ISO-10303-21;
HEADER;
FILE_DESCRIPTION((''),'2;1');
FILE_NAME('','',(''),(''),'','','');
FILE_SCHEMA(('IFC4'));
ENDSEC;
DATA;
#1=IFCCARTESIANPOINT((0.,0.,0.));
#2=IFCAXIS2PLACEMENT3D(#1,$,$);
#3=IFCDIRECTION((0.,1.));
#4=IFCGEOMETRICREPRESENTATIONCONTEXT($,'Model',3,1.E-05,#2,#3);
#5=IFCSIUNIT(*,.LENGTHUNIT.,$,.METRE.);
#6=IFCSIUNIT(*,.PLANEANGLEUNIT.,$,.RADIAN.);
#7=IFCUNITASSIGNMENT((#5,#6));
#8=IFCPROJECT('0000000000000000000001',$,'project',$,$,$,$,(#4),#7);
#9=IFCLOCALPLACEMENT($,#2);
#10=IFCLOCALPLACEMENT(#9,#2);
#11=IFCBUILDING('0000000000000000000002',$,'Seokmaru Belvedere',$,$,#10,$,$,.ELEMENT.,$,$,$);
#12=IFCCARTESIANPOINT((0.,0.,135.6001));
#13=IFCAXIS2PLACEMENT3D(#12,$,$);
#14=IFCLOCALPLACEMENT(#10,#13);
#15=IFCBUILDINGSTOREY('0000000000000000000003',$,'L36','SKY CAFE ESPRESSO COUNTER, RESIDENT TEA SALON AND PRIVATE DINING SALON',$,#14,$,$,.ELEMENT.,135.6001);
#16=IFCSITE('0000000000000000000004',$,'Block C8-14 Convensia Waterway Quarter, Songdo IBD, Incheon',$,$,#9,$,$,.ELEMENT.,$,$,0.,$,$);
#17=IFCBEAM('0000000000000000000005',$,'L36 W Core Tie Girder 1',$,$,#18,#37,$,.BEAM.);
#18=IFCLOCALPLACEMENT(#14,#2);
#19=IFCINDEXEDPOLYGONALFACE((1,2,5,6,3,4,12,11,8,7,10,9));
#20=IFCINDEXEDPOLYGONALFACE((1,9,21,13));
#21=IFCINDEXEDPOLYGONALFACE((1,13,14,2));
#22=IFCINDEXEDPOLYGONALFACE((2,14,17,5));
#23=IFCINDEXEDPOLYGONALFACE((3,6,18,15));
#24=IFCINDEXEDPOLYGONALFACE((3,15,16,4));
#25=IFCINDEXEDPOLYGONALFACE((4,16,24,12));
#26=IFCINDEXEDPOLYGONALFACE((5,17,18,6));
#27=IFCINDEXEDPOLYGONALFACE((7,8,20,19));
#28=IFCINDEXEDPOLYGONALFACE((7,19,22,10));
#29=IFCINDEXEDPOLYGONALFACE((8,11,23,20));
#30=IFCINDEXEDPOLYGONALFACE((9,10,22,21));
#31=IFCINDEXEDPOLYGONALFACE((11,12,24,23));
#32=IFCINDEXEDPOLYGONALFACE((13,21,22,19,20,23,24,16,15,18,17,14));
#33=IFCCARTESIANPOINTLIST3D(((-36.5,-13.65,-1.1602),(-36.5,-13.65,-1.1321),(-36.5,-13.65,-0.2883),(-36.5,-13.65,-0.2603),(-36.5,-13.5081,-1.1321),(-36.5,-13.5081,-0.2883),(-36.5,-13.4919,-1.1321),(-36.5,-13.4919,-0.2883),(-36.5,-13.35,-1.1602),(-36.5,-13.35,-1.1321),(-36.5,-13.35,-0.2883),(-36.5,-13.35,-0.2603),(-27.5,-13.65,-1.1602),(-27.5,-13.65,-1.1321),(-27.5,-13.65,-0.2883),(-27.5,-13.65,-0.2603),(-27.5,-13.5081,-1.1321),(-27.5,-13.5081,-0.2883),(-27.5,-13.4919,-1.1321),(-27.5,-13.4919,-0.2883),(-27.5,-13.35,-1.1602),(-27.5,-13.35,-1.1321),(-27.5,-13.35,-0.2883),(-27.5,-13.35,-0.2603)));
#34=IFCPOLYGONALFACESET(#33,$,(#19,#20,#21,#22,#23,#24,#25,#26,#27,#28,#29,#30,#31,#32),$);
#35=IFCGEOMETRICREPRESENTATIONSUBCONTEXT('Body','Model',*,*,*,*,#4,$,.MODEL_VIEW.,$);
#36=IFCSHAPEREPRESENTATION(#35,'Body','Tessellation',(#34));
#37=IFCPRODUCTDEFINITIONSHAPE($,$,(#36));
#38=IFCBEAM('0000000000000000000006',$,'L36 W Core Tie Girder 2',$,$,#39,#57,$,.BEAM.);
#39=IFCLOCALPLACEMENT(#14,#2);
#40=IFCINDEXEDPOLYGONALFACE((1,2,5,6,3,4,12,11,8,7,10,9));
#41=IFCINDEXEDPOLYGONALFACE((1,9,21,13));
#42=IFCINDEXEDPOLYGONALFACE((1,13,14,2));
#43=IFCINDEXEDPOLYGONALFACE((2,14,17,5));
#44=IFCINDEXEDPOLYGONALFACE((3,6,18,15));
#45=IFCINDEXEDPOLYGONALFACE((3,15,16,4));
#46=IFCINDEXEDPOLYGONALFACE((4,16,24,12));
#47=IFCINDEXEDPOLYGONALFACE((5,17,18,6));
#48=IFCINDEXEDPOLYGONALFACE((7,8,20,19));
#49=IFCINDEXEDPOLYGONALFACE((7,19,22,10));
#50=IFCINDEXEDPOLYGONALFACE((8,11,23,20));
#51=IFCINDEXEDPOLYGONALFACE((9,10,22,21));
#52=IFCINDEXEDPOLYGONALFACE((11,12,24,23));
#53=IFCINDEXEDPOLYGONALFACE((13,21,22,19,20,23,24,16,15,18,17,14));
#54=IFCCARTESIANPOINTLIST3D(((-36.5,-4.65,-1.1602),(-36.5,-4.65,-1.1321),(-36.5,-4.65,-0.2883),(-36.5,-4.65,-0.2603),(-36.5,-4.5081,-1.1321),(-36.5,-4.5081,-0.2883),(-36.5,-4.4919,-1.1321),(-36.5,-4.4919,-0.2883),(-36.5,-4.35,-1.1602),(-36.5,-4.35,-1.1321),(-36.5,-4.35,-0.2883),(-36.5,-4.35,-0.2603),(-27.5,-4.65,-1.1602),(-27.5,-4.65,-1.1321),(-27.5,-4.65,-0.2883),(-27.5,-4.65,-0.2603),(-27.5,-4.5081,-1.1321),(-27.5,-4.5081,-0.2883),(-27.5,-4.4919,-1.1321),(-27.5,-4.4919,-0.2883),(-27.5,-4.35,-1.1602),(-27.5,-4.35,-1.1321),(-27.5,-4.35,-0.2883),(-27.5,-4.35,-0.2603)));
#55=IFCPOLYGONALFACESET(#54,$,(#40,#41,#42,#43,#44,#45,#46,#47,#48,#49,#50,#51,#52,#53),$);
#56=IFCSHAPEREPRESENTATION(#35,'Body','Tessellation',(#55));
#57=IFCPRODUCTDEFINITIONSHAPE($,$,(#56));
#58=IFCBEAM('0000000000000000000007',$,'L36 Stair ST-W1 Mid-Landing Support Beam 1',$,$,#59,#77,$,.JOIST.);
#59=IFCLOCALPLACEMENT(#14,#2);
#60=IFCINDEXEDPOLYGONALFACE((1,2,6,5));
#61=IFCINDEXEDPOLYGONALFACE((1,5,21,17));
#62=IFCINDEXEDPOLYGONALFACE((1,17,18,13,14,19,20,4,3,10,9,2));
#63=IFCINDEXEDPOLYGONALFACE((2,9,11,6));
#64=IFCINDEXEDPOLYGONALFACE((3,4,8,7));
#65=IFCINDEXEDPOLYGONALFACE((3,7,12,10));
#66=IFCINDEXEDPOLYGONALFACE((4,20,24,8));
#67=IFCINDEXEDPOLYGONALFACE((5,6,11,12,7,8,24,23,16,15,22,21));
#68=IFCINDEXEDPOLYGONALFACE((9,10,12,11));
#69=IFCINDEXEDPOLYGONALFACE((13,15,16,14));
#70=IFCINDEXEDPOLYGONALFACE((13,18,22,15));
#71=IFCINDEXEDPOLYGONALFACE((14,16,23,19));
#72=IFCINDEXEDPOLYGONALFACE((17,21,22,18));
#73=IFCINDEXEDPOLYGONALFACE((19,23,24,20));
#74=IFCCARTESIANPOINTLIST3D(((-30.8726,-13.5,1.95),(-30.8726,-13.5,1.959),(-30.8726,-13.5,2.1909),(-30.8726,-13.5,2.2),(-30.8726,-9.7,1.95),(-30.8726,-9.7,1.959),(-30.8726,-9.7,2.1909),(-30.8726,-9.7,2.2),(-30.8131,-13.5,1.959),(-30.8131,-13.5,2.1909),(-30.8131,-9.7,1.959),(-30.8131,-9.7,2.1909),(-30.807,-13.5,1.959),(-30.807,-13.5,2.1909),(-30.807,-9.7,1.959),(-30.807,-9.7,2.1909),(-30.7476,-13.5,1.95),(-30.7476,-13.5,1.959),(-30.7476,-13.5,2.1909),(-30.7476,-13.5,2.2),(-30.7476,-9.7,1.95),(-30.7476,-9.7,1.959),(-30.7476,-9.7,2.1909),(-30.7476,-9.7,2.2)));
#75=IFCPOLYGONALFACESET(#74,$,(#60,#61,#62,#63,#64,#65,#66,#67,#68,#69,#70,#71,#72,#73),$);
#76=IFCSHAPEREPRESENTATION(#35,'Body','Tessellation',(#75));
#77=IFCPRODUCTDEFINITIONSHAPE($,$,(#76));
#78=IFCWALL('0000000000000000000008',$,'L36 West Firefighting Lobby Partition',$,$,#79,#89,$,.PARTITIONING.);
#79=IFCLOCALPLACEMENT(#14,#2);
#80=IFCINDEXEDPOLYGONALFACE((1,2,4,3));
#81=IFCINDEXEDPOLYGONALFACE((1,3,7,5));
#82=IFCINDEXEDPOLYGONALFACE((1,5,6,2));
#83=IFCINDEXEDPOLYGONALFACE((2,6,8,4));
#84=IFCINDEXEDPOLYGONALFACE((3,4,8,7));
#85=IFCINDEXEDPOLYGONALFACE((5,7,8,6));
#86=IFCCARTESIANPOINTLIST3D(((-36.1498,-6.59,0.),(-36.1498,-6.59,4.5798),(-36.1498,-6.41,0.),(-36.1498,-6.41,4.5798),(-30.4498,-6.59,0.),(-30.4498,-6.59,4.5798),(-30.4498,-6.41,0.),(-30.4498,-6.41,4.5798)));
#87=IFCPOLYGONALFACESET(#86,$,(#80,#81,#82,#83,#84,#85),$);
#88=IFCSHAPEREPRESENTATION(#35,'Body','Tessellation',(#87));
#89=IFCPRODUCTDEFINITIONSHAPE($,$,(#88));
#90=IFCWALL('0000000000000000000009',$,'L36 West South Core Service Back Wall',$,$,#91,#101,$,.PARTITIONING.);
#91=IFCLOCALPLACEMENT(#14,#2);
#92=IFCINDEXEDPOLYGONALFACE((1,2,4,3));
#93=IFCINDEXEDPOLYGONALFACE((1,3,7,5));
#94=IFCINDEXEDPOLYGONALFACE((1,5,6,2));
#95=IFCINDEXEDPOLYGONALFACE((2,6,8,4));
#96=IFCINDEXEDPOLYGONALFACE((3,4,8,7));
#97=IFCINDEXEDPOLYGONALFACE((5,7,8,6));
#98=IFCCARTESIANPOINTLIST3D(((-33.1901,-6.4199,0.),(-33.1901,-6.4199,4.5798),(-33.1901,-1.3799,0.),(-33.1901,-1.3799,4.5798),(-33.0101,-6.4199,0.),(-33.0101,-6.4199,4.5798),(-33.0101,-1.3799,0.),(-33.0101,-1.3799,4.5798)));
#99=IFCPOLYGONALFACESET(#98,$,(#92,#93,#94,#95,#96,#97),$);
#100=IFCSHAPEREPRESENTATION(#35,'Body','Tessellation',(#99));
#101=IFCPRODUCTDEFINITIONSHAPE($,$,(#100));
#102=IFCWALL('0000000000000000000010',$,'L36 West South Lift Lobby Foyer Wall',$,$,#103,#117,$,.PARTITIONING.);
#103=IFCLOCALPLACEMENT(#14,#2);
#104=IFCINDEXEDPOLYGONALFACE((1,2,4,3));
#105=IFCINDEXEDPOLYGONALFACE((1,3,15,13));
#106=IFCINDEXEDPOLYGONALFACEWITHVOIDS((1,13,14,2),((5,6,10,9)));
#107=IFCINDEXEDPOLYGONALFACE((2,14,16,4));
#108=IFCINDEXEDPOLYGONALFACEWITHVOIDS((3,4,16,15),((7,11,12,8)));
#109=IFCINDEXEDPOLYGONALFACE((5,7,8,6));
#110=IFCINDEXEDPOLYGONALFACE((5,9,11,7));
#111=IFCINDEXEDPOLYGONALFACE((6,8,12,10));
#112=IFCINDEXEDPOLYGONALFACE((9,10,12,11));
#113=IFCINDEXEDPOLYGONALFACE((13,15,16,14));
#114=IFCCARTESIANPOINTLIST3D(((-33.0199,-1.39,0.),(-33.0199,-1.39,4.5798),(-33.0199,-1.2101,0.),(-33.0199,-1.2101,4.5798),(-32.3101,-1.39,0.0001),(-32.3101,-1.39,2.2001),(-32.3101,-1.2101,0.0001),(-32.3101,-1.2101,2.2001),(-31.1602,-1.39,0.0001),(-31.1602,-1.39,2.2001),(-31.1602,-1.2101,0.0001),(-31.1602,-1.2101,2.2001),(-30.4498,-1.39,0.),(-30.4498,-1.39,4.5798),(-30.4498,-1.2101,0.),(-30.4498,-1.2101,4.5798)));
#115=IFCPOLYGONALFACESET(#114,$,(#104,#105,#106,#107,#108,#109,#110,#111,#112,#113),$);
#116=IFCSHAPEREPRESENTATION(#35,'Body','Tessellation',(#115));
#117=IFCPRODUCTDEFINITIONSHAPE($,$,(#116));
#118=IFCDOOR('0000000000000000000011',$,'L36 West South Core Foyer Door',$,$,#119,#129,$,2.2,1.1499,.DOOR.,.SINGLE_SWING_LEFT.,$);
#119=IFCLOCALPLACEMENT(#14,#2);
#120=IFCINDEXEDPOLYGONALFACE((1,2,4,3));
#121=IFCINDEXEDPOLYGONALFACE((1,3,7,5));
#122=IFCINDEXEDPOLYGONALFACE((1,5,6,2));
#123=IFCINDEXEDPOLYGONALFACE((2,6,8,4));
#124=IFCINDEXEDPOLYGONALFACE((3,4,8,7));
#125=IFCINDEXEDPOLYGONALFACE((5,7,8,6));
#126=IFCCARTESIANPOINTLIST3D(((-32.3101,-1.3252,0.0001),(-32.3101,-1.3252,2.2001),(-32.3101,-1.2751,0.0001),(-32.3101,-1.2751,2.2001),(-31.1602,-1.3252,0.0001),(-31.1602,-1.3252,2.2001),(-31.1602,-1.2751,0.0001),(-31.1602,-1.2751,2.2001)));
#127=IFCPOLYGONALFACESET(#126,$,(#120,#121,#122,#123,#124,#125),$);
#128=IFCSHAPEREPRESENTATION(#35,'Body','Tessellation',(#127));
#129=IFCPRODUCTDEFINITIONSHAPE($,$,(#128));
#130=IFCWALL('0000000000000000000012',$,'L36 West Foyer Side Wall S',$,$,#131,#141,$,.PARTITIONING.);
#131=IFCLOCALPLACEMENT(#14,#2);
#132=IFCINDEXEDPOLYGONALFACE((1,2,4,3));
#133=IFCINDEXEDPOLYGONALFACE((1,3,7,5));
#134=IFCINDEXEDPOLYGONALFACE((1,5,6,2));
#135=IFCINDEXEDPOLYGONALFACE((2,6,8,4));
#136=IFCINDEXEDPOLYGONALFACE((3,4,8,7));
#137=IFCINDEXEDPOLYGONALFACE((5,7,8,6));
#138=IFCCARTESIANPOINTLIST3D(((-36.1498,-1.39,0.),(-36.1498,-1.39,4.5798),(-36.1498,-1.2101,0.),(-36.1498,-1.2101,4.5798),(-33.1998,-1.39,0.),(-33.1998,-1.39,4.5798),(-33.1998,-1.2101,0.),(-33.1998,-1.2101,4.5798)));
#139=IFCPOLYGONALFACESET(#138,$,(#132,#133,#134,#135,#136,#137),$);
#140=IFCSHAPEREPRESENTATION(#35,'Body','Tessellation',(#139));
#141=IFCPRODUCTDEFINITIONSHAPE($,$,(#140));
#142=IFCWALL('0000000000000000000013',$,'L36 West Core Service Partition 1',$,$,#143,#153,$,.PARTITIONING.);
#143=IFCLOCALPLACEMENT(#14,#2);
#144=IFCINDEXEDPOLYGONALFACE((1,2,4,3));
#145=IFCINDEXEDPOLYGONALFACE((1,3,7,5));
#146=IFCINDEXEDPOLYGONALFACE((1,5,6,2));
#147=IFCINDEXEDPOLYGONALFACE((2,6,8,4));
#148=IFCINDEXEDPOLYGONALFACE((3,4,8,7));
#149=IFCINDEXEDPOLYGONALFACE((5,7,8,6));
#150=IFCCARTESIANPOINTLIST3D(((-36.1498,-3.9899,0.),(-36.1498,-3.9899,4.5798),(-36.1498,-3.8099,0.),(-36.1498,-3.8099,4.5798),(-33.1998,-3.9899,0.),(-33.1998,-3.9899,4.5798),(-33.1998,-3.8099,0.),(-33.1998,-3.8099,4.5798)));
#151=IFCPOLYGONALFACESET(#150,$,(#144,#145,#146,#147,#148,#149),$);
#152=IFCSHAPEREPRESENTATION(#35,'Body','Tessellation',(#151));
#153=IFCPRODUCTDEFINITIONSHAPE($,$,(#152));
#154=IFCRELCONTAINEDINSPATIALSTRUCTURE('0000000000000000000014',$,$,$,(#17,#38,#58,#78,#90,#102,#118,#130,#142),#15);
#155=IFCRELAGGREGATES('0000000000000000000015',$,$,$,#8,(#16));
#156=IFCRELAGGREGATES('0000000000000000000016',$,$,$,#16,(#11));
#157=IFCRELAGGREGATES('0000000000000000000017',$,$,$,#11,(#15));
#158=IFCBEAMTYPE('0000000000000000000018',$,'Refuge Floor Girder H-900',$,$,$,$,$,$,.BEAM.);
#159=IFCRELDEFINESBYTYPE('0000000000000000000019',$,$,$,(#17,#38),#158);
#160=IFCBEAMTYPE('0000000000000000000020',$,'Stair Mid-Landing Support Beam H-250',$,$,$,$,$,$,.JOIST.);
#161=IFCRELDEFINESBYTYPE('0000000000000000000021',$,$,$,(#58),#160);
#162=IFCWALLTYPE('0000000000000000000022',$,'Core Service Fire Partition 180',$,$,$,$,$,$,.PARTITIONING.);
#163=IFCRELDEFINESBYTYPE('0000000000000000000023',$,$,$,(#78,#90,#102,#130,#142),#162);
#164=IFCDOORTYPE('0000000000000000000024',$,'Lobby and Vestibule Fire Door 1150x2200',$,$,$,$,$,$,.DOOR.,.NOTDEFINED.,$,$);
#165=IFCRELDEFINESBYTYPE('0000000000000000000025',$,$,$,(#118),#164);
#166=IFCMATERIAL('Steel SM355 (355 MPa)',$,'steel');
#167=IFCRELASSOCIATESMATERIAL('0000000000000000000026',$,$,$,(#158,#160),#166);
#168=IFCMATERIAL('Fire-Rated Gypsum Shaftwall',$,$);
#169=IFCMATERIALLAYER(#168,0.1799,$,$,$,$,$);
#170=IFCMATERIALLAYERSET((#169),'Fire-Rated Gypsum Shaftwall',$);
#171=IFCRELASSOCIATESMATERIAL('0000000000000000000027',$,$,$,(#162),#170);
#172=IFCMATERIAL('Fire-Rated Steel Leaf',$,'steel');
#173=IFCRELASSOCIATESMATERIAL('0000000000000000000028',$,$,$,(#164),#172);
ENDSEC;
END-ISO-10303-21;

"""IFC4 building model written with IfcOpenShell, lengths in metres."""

from ifc_helpers import new_model, si_unit, direction, frame, frame_2d, origin, origin_2d, place, context, subcontext, project, spatial, rectangle, i_section, extrude, source, transform, mapped, material, layer, layer_set, material_profile, profile_set, type_object, type_shapes, element, fill, save


model = new_model("IFC4")

# Units and contexts
model_context = context("Model", 3, precision=1e-05, world=origin(), true_north=direction((0.0, 1.0)))
body_context = subcontext(model_context, "Body", "Model", "MODEL_VIEW")
ifc_project = project(units=[si_unit("LENGTHUNIT", "METRE"), si_unit("PLANEANGLEUNIT", "RADIAN")], contexts=[model_context])

# Site, building, storey
site_placement = place(None, origin())
site = spatial("IfcSite", under=ifc_project, at=site_placement, Name="Block C8-14 Convensia Waterway Quarter, Songdo IBD, Incheon", CompositionType="ELEMENT", RefElevation=0.0)
building_placement = place(site_placement, origin())
building = spatial("IfcBuilding", under=site, at=building_placement, Name="Seokmaru Belvedere", CompositionType="ELEMENT")
storey_placement = place(building_placement, frame((0.0, 0.0, 135.6001)))
storey = spatial("IfcBuildingStorey", under=building, at=storey_placement, Name="L36", Description="SKY CAFE ESPRESSO COUNTER, RESIDENT TEA SALON AND PRIVATE DINING SALON", CompositionType="ELEMENT", Elevation=135.6001)

# Beams
ifc_material_1 = material(Name="Steel SM355 (355 MPa)", Category="steel")
ifc_material_profile_1 = material_profile(ifc_material_1, i_section(OverallWidth=0.3, OverallDepth=0.8999, WebThickness=0.0161, FlangeThickness=0.0281, at=origin_2d()), Name="H-900x300x16x28")
ifc_profile_set_1 = profile_set([ifc_material_profile_1], Name="Steel SM355 (355 MPa)")
beam_type_1 = type_object("IfcBeamType", Name="Refuge Floor Girder H-900", PredefinedType="BEAM", material=ifc_profile_set_1)
shared_shape_1 = source(origin(), body_context, "Body", "SweptSolid", [
    extrude(i_section(OverallWidth=0.3, OverallDepth=0.8999, WebThickness=0.0161, FlangeThickness=0.0281, at=origin_2d()), origin(), (0.0, 0.0, 1.0), 9.0),
])
type_shapes(beam_type_1, [shared_shape_1])
for number, where, z_axis, x_axis, name in (
    (1, (-36.5, -13.5, -0.7102), (1.0, 0.0, 0.0), (0.0, 1.0, 0.0), "L36 W Core Tie Girder 1"),
    (2, (-36.5, -4.5, -0.7102), (1.0, 0.0, 0.0), (0.0, 1.0, 0.0), "L36 W Core Tie Girder 2"),
):
    element("IfcBeam", number, at=place(storey_placement, frame(where, z_axis=z_axis, x_axis=x_axis)), inside=storey, type_object=beam_type_1, Name=name, PredefinedType="BEAM", context=body_context, shape_type="MappedRepresentation", body=[
        mapped(shared_shape_1, transform((0.0, 0.0, 0.0), scale=1.0)),
    ])
ifc_material_profile_2 = material_profile(ifc_material_1, i_section(OverallWidth=0.125, OverallDepth=0.25, WebThickness=0.0061, FlangeThickness=0.009, at=origin_2d()), Name="H-250x125x6x9")
ifc_profile_set_2 = profile_set([ifc_material_profile_2], Name="Steel SM355 (355 MPa)")
beam_type_2 = type_object("IfcBeamType", Name="Stair Mid-Landing Support Beam H-250", PredefinedType="JOIST", material=ifc_profile_set_2)
shared_shape_2 = source(origin(), body_context, "Body", "SweptSolid", [
    extrude(i_section(OverallWidth=0.125, OverallDepth=0.25, WebThickness=0.0061, FlangeThickness=0.009, at=origin_2d()), origin(), (0.0, 0.0, 1.0), 3.8),
])
type_shapes(beam_type_2, [shared_shape_2])
beam_placement = place(storey_placement, frame((-30.8101, -13.5, 2.075), z_axis=(0.0, 1.0, 0.0), x_axis=(-1.0, 0.0, 0.0)))
element("IfcBeam", 3, at=beam_placement, inside=storey, type_object=beam_type_2, Name="L36 Stair ST-W1 Mid-Landing Support Beam 1", PredefinedType="JOIST", context=body_context, shape_type="MappedRepresentation", body=[
    mapped(shared_shape_2, transform((0.0, 0.0, 0.0), scale=1.0)),
])

# Walls
ifc_material_2 = material(Name="Fire-Rated Gypsum Shaftwall")
ifc_layer_1 = layer(ifc_material_2, 0.1799)
ifc_layer_set_1 = layer_set([ifc_layer_1], Name="Fire-Rated Gypsum Shaftwall")
wall_type_1 = type_object("IfcWallType", Name="Core Service Fire Partition 180", PredefinedType="PARTITIONING", material=ifc_layer_set_1)
wall_1_placement = place(storey_placement, frame((-36.1499, -6.5, 0.0), z_axis=(0.0, 0.0, 1.0), x_axis=(1.0, 0.0, 0.0)))
element("IfcWall", 4, at=wall_1_placement, inside=storey, type_object=wall_type_1, Name="L36 West Firefighting Lobby Partition", PredefinedType="PARTITIONING", context=body_context, shape_type="SweptSolid", body=[
    extrude(rectangle(XDim=5.7, YDim=0.1799, at=frame_2d((2.8501, 0.0))), origin(), (0.0, 0.0, 1.0), 4.5798),
])
wall_2_placement = place(storey_placement, frame((-33.1001, -6.4199, 0.0), z_axis=(0.0, 0.0, 1.0), x_axis=(0.0, 1.0, 0.0)))
element("IfcWall", 5, at=wall_2_placement, inside=storey, type_object=wall_type_1, Name="L36 West South Core Service Back Wall", PredefinedType="PARTITIONING", context=body_context, shape_type="SweptSolid", body=[
    extrude(rectangle(XDim=5.04, YDim=0.1799, at=frame_2d((2.52, 0.0))), origin(), (0.0, 0.0, 1.0), 4.5798),
])

# Wall, opening, door
wall_3_placement = place(storey_placement, frame((-33.02, -1.3, 0.0), z_axis=(0.0, 0.0, 1.0), x_axis=(1.0, 0.0, 0.0)))
wall_3 = element("IfcWall", 6, at=wall_3_placement, inside=storey, type_object=wall_type_1, Name="L36 West South Lift Lobby Foyer Wall", PredefinedType="PARTITIONING", context=body_context, shape_type="SweptSolid", body=[
    extrude(rectangle(XDim=2.5701, YDim=0.1799, at=frame_2d((1.2852, 0.0))), origin(), (0.0, 0.0, 1.0), 4.5798),
])
opening_1_placement = place(wall_3_placement, frame((0.71, 0.0, 0.0)))
opening_1 = element("IfcOpeningElement", 7, at=opening_1_placement, cuts=wall_3, PredefinedType="OPENING", context=body_context, shape_type="SweptSolid", body=[
    extrude(rectangle(XDim=1.1499, YDim=2.2, at=frame_2d((0.575, 1.1001))), frame((0.0, 0.1001, 0.0), z_axis=(0.0, -1.0, 0.0), x_axis=(1.0, 0.0, 0.0)), (0.0, 0.0, 1.0), 0.2),
])
ifc_material_3 = material(Name="Fire-Rated Steel Leaf", Category="steel")
door_type_1 = type_object("IfcDoorType", Name="Lobby and Vestibule Fire Door 1150x2200", OperationType="NOTDEFINED", PredefinedType="DOOR", material=ifc_material_3)
shared_shape_3 = source(origin(), body_context, "Body", "SweptSolid", [
    extrude(rectangle(XDim=1.1499, YDim=2.2, at=frame_2d((0.575, 1.1001))), frame((0.0, 0.0249, 0.0), z_axis=(0.0, -1.0, 0.0), x_axis=(1.0, 0.0, 0.0)), (0.0, 0.0, 1.0), 0.05),
])
type_shapes(door_type_1, [shared_shape_3])
door_1_placement = place(opening_1_placement, origin())
door_1 = element("IfcDoor", 8, at=door_1_placement, inside=storey, type_object=door_type_1, Name="L36 West South Core Foyer Door", OperationType="SINGLE_SWING_LEFT", OverallHeight=2.2, OverallWidth=1.1499, PredefinedType="DOOR", context=body_context, shape_type="MappedRepresentation", body=[
    mapped(shared_shape_3, transform((0.0, 0.0, 0.0), scale=1.0)),
])
fill(opening_1, door_1)

# Walls
for number, where, z_axis, x_axis, name in (
    (9, (-36.1499, -1.3, 0.0), (0.0, 0.0, 1.0), (1.0, 0.0, 0.0), "L36 West Foyer Side Wall S"),
    (10, (-36.1499, -3.8999, 0.0), (0.0, 0.0, 1.0), (1.0, 0.0, 0.0), "L36 West Core Service Partition 1"),
):
    element("IfcWall", number, at=place(storey_placement, frame(where, z_axis=z_axis, x_axis=x_axis)), inside=storey, type_object=wall_type_1, Name=name, PredefinedType="PARTITIONING", context=body_context, shape_type="SweptSolid", body=[
        extrude(rectangle(XDim=2.95, YDim=0.1799, at=frame_2d((1.4751, 0.0))), origin(), (0.0, 0.0, 1.0), 4.5798),
    ])

save(model, "model.ifc")
